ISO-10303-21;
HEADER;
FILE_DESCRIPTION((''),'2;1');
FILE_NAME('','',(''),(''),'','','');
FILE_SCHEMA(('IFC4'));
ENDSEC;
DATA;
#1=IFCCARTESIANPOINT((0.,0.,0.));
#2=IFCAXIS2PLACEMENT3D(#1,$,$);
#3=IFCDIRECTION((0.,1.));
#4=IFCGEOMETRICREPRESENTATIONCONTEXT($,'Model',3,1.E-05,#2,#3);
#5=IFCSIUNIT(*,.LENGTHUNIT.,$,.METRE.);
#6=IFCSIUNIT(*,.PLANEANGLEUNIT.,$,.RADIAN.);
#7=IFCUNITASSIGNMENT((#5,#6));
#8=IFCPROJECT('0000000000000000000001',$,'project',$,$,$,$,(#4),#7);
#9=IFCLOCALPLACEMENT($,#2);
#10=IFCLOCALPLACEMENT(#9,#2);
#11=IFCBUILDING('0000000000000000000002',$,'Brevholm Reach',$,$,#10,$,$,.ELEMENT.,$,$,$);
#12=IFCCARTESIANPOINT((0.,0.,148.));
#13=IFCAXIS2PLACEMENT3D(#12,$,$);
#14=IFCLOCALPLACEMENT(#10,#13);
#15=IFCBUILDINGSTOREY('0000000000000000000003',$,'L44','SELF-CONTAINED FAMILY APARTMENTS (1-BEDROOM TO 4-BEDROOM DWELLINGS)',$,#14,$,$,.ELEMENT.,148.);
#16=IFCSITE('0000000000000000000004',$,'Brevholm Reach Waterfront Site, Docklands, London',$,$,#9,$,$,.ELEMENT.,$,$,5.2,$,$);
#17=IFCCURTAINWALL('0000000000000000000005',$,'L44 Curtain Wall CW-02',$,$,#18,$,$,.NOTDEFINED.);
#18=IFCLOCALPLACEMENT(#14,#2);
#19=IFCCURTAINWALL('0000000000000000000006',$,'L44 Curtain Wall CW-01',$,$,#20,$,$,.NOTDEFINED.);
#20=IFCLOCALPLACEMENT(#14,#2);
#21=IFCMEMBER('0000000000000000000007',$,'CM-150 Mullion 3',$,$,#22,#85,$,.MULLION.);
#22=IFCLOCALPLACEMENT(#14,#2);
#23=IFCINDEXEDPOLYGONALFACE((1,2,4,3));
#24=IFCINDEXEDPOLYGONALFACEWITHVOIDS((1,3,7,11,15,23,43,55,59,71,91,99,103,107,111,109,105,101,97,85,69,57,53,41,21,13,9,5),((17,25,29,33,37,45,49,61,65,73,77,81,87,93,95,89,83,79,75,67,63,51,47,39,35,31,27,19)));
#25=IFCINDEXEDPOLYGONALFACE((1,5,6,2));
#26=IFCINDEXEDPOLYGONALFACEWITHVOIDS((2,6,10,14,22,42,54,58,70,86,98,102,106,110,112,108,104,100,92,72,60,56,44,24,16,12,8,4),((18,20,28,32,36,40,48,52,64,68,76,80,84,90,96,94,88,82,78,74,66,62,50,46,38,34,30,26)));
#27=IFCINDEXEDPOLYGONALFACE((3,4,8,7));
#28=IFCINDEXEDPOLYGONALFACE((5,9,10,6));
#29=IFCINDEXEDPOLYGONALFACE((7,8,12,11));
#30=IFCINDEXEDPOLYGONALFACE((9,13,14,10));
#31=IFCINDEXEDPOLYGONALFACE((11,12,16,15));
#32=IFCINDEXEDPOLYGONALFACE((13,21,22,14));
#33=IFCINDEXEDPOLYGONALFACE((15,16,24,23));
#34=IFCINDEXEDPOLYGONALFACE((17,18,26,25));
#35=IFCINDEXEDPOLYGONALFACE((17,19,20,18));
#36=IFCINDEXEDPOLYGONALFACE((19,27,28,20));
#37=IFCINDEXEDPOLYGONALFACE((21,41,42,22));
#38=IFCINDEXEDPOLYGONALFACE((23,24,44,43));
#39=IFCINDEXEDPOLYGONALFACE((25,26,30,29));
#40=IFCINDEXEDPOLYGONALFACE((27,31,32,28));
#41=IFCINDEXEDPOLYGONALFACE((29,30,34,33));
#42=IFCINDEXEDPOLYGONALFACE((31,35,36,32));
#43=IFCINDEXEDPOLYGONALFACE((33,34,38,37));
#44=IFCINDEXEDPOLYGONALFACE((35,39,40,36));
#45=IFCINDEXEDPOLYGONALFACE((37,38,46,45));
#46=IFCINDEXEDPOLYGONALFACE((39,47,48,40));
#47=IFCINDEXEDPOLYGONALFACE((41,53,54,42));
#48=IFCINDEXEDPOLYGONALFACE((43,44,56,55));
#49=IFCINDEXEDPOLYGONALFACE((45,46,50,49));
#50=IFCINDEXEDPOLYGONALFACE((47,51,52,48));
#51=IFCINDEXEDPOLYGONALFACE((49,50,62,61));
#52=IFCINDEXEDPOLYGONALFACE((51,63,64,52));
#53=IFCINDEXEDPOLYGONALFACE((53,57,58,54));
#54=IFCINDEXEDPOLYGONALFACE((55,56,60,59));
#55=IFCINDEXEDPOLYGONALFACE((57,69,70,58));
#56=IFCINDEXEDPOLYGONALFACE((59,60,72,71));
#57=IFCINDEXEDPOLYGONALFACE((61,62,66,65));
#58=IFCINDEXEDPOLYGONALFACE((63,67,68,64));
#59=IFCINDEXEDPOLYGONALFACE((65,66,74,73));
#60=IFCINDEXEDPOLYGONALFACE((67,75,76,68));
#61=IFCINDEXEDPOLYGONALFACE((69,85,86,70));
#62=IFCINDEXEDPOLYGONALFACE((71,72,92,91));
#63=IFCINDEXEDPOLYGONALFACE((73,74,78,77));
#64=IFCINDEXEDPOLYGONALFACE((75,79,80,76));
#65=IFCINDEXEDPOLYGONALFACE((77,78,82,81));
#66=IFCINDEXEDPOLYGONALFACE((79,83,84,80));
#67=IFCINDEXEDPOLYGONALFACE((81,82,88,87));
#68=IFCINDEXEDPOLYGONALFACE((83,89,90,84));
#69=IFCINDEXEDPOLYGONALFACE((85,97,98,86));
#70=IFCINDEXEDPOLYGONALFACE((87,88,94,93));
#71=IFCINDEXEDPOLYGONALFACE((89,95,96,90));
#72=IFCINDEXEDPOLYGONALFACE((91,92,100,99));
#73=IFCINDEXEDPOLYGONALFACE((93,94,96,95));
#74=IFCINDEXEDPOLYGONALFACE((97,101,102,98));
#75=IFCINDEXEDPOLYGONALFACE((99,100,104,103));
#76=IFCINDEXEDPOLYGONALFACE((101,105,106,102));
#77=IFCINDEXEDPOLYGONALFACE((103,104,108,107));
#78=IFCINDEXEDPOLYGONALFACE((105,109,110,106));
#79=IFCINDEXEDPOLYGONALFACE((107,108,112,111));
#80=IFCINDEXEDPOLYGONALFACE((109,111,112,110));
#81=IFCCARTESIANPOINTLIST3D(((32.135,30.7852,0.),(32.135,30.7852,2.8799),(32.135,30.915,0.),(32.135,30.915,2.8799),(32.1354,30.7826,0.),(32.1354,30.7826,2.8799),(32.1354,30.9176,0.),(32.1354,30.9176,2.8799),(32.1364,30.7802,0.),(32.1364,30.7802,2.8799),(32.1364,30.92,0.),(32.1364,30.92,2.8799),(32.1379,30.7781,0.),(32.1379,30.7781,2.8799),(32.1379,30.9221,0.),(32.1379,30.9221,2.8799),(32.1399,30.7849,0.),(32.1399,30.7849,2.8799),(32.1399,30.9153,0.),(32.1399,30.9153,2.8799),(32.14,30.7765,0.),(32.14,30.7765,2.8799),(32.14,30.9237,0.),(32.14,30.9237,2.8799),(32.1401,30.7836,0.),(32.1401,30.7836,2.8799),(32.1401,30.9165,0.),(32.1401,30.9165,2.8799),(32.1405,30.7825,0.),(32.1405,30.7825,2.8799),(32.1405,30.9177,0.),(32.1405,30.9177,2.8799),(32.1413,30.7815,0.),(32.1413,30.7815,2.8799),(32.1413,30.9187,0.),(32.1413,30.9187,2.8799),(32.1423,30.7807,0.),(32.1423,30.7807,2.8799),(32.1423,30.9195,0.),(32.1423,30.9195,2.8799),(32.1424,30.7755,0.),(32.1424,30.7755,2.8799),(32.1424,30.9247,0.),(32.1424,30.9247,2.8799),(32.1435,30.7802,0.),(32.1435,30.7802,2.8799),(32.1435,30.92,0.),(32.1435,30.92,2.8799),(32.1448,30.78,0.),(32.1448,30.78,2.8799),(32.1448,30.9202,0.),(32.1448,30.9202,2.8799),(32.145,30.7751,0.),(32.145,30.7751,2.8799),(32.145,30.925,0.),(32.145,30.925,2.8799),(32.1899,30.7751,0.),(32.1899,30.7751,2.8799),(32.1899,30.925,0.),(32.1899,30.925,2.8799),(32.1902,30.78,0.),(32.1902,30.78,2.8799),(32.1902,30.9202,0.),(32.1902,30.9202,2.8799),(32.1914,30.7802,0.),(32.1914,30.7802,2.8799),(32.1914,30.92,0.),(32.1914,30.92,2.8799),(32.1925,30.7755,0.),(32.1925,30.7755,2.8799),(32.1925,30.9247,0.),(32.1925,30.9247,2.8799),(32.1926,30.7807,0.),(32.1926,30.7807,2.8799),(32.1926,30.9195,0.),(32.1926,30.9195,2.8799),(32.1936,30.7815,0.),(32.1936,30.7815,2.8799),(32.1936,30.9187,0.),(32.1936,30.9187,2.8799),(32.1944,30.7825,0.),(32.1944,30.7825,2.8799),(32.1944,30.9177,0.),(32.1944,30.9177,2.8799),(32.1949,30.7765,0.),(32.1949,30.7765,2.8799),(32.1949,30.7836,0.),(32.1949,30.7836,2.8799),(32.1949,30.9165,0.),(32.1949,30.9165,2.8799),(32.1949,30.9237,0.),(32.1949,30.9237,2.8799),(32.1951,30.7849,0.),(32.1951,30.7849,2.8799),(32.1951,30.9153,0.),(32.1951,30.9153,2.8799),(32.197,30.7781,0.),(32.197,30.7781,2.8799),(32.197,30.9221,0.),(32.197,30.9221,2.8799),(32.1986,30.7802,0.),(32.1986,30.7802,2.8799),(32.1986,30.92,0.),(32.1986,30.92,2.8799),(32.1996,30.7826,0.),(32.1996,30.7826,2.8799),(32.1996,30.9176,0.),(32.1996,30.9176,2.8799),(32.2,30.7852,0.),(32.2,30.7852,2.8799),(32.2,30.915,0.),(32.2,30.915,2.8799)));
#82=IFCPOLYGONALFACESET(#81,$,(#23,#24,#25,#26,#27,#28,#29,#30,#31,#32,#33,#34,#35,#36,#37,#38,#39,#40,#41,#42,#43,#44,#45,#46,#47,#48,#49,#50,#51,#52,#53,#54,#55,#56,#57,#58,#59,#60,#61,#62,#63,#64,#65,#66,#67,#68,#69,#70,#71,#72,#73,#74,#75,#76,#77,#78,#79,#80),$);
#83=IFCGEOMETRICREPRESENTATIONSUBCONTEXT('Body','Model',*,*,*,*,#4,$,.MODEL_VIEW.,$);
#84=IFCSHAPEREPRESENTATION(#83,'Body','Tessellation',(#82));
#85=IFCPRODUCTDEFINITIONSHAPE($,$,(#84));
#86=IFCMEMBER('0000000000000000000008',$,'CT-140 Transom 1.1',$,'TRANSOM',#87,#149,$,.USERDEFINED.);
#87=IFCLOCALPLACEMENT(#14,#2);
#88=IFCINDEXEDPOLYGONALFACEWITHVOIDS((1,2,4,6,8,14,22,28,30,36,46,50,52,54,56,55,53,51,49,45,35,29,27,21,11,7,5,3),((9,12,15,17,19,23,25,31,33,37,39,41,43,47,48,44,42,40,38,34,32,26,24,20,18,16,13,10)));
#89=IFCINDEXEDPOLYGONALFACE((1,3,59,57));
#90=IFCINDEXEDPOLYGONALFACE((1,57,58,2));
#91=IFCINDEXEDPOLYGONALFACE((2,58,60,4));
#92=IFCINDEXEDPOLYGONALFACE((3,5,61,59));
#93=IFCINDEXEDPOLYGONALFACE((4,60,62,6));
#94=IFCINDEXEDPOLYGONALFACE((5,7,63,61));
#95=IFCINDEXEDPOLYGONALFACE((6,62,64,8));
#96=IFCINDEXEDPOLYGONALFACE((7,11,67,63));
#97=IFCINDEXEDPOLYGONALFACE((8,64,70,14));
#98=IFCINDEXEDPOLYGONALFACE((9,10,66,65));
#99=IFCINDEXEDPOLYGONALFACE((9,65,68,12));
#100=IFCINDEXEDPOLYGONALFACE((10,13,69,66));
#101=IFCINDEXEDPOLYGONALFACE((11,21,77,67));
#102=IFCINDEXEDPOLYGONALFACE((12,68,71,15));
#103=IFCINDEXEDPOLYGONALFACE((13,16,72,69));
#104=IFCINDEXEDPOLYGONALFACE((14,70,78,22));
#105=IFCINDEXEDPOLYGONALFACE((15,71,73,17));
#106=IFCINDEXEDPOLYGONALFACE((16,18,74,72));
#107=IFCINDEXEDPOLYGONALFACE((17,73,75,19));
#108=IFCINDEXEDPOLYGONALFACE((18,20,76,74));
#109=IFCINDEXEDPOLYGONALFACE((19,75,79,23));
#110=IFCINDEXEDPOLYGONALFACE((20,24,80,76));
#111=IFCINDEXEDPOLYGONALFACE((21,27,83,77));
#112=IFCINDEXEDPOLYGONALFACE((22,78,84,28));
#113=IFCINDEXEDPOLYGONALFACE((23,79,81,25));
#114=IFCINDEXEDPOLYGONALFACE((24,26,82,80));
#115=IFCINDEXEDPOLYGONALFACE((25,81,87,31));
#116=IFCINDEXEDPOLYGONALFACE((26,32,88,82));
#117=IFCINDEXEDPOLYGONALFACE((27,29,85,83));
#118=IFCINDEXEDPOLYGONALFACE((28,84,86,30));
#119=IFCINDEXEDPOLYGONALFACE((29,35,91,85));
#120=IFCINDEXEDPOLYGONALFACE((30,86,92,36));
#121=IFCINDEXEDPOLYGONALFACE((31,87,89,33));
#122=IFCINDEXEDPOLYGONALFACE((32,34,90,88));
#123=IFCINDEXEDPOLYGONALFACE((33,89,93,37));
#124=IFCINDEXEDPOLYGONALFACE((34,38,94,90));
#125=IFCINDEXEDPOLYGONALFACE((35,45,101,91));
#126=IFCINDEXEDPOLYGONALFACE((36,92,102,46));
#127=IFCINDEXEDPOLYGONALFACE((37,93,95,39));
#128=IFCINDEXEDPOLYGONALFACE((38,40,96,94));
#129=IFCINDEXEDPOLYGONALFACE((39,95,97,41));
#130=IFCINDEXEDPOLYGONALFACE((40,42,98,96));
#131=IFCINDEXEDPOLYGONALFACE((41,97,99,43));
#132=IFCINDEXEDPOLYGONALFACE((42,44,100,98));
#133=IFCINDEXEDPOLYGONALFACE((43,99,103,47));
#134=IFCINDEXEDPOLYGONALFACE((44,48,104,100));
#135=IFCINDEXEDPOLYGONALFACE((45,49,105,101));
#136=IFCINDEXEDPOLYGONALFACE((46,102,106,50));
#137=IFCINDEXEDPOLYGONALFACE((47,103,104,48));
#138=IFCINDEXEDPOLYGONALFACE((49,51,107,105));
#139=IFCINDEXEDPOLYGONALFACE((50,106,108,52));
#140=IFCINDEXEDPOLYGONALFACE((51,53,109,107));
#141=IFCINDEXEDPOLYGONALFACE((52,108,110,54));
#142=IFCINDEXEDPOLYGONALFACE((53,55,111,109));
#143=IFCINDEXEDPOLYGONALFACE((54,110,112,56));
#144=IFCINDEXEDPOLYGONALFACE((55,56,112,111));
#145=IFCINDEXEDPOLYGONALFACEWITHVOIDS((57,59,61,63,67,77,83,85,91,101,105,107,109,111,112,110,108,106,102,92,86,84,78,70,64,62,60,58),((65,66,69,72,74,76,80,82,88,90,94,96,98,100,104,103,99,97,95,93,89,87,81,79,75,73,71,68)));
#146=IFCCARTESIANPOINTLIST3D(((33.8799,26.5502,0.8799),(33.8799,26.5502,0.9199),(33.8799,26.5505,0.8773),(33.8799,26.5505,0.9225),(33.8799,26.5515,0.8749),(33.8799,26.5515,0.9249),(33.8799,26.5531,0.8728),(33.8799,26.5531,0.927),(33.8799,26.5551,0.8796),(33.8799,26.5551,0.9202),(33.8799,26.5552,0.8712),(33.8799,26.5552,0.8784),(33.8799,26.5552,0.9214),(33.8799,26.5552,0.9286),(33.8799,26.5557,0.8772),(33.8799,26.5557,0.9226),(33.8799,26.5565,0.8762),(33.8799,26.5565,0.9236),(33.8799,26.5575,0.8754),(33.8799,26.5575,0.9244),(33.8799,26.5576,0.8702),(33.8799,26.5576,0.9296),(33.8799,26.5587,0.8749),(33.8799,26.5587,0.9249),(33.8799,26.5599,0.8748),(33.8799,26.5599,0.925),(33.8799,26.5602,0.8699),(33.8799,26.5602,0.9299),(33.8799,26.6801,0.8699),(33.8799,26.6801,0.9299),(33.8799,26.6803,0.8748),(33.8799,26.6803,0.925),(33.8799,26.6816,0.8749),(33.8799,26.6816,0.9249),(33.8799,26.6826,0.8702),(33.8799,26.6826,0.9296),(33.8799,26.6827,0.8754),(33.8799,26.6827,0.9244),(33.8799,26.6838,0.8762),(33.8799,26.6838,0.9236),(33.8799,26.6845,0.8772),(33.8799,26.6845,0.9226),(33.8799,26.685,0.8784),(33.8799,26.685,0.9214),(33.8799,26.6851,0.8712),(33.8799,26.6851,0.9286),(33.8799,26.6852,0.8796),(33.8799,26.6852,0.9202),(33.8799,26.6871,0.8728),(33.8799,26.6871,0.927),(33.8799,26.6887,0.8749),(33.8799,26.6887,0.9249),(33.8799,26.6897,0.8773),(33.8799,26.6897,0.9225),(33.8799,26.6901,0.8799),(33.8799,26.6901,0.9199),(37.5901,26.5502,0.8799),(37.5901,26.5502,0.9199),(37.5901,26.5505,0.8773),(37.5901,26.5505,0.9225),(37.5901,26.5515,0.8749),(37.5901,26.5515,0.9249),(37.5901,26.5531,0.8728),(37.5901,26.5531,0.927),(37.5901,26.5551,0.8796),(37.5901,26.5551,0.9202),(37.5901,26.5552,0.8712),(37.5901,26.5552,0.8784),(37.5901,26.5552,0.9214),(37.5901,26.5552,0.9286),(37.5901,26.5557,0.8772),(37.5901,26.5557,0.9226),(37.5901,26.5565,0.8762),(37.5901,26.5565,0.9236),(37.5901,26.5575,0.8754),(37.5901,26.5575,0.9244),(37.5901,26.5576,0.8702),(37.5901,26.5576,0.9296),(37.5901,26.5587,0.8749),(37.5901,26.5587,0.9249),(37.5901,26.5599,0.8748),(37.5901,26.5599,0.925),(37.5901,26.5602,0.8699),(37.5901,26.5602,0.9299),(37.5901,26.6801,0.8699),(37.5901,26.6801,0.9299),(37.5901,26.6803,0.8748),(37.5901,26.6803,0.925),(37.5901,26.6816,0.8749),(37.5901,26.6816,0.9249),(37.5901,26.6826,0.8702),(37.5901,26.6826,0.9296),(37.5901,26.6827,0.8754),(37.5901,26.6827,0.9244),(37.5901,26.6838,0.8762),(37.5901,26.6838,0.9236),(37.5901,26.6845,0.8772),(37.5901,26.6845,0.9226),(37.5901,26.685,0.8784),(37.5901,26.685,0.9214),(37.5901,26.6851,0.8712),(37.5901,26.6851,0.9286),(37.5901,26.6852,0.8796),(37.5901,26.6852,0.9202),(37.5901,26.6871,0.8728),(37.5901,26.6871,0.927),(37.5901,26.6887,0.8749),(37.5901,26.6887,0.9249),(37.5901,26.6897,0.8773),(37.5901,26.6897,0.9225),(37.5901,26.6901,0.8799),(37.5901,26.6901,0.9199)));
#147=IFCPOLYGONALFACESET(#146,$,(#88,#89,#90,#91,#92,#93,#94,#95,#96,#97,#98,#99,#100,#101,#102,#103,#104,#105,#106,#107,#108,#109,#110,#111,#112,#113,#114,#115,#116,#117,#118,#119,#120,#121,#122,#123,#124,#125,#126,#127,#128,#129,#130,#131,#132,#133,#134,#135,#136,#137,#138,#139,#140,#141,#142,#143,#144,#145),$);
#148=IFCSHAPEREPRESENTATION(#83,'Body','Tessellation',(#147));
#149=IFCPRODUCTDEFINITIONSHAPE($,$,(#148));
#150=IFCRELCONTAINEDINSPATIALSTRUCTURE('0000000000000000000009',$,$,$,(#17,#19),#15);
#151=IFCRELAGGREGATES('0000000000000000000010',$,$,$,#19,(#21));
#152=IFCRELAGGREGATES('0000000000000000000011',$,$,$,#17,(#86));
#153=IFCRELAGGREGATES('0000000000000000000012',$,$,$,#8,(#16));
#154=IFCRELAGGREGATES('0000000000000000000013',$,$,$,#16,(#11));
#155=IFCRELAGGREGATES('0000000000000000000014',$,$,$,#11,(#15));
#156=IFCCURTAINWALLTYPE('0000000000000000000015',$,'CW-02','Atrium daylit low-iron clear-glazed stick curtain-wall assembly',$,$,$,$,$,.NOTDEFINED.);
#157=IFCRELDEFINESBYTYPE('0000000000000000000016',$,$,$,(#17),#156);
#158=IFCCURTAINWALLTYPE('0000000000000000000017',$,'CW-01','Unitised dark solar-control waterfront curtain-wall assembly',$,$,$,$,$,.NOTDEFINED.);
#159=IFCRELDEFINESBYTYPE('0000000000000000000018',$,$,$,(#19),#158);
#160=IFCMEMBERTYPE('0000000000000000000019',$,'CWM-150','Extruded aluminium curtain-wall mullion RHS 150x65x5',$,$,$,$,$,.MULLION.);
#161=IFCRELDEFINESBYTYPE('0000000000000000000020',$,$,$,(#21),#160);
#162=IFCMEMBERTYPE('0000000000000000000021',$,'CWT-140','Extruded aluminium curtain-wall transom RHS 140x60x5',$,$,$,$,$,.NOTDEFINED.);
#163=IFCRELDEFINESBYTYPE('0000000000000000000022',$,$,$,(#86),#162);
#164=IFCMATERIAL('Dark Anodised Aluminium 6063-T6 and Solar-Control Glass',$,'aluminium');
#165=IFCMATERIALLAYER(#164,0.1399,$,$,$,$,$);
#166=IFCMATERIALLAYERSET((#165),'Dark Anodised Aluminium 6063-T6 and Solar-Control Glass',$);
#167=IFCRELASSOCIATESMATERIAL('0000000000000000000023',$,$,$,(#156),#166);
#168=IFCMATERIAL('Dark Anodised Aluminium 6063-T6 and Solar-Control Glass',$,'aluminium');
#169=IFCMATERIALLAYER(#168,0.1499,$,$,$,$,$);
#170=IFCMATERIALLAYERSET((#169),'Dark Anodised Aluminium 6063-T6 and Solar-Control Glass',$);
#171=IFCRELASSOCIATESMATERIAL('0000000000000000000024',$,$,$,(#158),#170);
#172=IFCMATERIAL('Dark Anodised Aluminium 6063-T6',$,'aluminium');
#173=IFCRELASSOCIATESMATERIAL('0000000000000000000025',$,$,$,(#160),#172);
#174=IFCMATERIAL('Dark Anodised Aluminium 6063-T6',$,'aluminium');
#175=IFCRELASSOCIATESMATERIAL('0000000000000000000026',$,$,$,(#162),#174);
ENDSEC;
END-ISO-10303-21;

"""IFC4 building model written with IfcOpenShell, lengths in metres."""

from ifc_helpers import new_model, si_unit, direction, frame, origin, origin_2d, place, context, subcontext, project, spatial, hollow_rectangle, extrude, material, layer, layer_set, material_profile, profile_set, type_object, element, aggregate, save


model = new_model("IFC4")

# Units and contexts
model_context = context("Model", 3, precision=1e-05, world=origin(), true_north=direction((0.0, 1.0)))
body_context = subcontext(model_context, "Body", "Model", "MODEL_VIEW")
ifc_project = project(units=[si_unit("LENGTHUNIT", "METRE"), si_unit("PLANEANGLEUNIT", "RADIAN")], contexts=[model_context])

# Site, building, storey
site_placement = place(None, origin())
site = spatial("IfcSite", under=ifc_project, at=site_placement, Name="Brevholm Reach Waterfront Site, Docklands, London", CompositionType="ELEMENT", RefElevation=5.2)
building_placement = place(site_placement, origin())
building = spatial("IfcBuilding", under=site, at=building_placement, Name="Brevholm Reach", CompositionType="ELEMENT")
storey_placement = place(building_placement, frame((0.0, 0.0, 148.0)))
storey = spatial("IfcBuildingStorey", under=building, at=storey_placement, Name="L44", Description="SELF-CONTAINED FAMILY APARTMENTS (1-BEDROOM TO 4-BEDROOM DWELLINGS)", CompositionType="ELEMENT", Elevation=148.0)

# Curtain walls, member
ifc_material_1 = material(Name="Dark Anodised Aluminium 6063-T6 and Solar-Control Glass", Category="aluminium")
ifc_layer_1 = layer(ifc_material_1, 0.1399)
ifc_layer_set_1 = layer_set([ifc_layer_1], Name="Dark Anodised Aluminium 6063-T6 and Solar-Control Glass")
curtain_wall_type_1 = type_object("IfcCurtainWallType", Name="CW-02", Description="Atrium daylit low-iron clear-glazed stick curtain-wall assembly", PredefinedType="NOTDEFINED", material=ifc_layer_set_1)
curtain_wall_1_placement = place(storey_placement, origin())
curtain_wall_1 = element("IfcCurtainWall", 1, at=curtain_wall_1_placement, inside=storey, type_object=curtain_wall_type_1, Name="L44 Curtain Wall CW-02", PredefinedType="NOTDEFINED")
ifc_material_2 = material(Name="Dark Anodised Aluminium 6063-T6 and Solar-Control Glass", Category="aluminium")
ifc_layer_2 = layer(ifc_material_2, 0.1499)
ifc_layer_set_2 = layer_set([ifc_layer_2], Name="Dark Anodised Aluminium 6063-T6 and Solar-Control Glass")
curtain_wall_type_2 = type_object("IfcCurtainWallType", Name="CW-01", Description="Unitised dark solar-control waterfront curtain-wall assembly", PredefinedType="NOTDEFINED", material=ifc_layer_set_2)
curtain_wall_2_placement = place(storey_placement, origin())
curtain_wall_2 = element("IfcCurtainWall", 2, at=curtain_wall_2_placement, inside=storey, type_object=curtain_wall_type_2, Name="L44 Curtain Wall CW-01", PredefinedType="NOTDEFINED")
ifc_material_3 = material(Name="Dark Anodised Aluminium 6063-T6", Category="aluminium")
ifc_material_profile_1 = material_profile(ifc_material_3, hollow_rectangle(XDim=0.0649, YDim=0.1499, WallThickness=0.0049, InnerFilletRadius=0.0049, OuterFilletRadius=0.01, at=origin_2d()), Name="RHS 150x65x5")
ifc_profile_set_1 = profile_set([ifc_material_profile_1], Name="Dark Anodised Aluminium 6063-T6")
member_type_1 = type_object("IfcMemberType", Name="CWM-150", Description="Extruded aluminium curtain-wall mullion RHS 150x65x5", PredefinedType="MULLION", material=ifc_profile_set_1)
member_1_placement = place(storey_placement, frame((32.1675, 30.8501, 0.0), z_axis=(0.0, 0.0, 1.0), x_axis=(1.0, 0.0, 0.0)))
member_1 = element("IfcMember", 3, at=member_1_placement, type_object=member_type_1, Name="CM-150 Mullion 3", PredefinedType="MULLION", context=body_context, shape_type="SweptSolid", body=[
    extrude(hollow_rectangle(XDim=0.0649, YDim=0.1499, WallThickness=0.0049, InnerFilletRadius=0.0049, OuterFilletRadius=0.01, at=origin_2d()), origin(), (0.0, 0.0, 1.0), 2.8799),
])

# Member
ifc_material_4 = material(Name="Dark Anodised Aluminium 6063-T6", Category="aluminium")
ifc_material_profile_2 = material_profile(ifc_material_4, hollow_rectangle(XDim=0.0601, YDim=0.1399, WallThickness=0.0049, InnerFilletRadius=0.0049, OuterFilletRadius=0.01, at=origin_2d()), Name="RHS 140x60x5")
ifc_profile_set_2 = profile_set([ifc_material_profile_2], Name="Dark Anodised Aluminium 6063-T6")
member_type_2 = type_object("IfcMemberType", Name="CWT-140", Description="Extruded aluminium curtain-wall transom RHS 140x60x5", PredefinedType="NOTDEFINED", material=ifc_profile_set_2)
member_2_placement = place(storey_placement, frame((37.5901, 26.6201, 0.8999), z_axis=(-1.0, 0.0, 0.0), x_axis=(0.0, 0.0, 1.0)))
member_2 = element("IfcMember", 4, at=member_2_placement, type_object=member_type_2, Name="CT-140 Transom 1.1", ObjectType="TRANSOM", PredefinedType="USERDEFINED", context=body_context, shape_type="SweptSolid", body=[
    extrude(hollow_rectangle(XDim=0.0601, YDim=0.1399, WallThickness=0.0049, InnerFilletRadius=0.0049, OuterFilletRadius=0.01, at=origin_2d()), origin(), (0.0, 0.0, 1.0), 3.7102),
])

aggregate(curtain_wall_2, [member_1])
aggregate(curtain_wall_1, [member_2])

save(model, "model.ifc")
